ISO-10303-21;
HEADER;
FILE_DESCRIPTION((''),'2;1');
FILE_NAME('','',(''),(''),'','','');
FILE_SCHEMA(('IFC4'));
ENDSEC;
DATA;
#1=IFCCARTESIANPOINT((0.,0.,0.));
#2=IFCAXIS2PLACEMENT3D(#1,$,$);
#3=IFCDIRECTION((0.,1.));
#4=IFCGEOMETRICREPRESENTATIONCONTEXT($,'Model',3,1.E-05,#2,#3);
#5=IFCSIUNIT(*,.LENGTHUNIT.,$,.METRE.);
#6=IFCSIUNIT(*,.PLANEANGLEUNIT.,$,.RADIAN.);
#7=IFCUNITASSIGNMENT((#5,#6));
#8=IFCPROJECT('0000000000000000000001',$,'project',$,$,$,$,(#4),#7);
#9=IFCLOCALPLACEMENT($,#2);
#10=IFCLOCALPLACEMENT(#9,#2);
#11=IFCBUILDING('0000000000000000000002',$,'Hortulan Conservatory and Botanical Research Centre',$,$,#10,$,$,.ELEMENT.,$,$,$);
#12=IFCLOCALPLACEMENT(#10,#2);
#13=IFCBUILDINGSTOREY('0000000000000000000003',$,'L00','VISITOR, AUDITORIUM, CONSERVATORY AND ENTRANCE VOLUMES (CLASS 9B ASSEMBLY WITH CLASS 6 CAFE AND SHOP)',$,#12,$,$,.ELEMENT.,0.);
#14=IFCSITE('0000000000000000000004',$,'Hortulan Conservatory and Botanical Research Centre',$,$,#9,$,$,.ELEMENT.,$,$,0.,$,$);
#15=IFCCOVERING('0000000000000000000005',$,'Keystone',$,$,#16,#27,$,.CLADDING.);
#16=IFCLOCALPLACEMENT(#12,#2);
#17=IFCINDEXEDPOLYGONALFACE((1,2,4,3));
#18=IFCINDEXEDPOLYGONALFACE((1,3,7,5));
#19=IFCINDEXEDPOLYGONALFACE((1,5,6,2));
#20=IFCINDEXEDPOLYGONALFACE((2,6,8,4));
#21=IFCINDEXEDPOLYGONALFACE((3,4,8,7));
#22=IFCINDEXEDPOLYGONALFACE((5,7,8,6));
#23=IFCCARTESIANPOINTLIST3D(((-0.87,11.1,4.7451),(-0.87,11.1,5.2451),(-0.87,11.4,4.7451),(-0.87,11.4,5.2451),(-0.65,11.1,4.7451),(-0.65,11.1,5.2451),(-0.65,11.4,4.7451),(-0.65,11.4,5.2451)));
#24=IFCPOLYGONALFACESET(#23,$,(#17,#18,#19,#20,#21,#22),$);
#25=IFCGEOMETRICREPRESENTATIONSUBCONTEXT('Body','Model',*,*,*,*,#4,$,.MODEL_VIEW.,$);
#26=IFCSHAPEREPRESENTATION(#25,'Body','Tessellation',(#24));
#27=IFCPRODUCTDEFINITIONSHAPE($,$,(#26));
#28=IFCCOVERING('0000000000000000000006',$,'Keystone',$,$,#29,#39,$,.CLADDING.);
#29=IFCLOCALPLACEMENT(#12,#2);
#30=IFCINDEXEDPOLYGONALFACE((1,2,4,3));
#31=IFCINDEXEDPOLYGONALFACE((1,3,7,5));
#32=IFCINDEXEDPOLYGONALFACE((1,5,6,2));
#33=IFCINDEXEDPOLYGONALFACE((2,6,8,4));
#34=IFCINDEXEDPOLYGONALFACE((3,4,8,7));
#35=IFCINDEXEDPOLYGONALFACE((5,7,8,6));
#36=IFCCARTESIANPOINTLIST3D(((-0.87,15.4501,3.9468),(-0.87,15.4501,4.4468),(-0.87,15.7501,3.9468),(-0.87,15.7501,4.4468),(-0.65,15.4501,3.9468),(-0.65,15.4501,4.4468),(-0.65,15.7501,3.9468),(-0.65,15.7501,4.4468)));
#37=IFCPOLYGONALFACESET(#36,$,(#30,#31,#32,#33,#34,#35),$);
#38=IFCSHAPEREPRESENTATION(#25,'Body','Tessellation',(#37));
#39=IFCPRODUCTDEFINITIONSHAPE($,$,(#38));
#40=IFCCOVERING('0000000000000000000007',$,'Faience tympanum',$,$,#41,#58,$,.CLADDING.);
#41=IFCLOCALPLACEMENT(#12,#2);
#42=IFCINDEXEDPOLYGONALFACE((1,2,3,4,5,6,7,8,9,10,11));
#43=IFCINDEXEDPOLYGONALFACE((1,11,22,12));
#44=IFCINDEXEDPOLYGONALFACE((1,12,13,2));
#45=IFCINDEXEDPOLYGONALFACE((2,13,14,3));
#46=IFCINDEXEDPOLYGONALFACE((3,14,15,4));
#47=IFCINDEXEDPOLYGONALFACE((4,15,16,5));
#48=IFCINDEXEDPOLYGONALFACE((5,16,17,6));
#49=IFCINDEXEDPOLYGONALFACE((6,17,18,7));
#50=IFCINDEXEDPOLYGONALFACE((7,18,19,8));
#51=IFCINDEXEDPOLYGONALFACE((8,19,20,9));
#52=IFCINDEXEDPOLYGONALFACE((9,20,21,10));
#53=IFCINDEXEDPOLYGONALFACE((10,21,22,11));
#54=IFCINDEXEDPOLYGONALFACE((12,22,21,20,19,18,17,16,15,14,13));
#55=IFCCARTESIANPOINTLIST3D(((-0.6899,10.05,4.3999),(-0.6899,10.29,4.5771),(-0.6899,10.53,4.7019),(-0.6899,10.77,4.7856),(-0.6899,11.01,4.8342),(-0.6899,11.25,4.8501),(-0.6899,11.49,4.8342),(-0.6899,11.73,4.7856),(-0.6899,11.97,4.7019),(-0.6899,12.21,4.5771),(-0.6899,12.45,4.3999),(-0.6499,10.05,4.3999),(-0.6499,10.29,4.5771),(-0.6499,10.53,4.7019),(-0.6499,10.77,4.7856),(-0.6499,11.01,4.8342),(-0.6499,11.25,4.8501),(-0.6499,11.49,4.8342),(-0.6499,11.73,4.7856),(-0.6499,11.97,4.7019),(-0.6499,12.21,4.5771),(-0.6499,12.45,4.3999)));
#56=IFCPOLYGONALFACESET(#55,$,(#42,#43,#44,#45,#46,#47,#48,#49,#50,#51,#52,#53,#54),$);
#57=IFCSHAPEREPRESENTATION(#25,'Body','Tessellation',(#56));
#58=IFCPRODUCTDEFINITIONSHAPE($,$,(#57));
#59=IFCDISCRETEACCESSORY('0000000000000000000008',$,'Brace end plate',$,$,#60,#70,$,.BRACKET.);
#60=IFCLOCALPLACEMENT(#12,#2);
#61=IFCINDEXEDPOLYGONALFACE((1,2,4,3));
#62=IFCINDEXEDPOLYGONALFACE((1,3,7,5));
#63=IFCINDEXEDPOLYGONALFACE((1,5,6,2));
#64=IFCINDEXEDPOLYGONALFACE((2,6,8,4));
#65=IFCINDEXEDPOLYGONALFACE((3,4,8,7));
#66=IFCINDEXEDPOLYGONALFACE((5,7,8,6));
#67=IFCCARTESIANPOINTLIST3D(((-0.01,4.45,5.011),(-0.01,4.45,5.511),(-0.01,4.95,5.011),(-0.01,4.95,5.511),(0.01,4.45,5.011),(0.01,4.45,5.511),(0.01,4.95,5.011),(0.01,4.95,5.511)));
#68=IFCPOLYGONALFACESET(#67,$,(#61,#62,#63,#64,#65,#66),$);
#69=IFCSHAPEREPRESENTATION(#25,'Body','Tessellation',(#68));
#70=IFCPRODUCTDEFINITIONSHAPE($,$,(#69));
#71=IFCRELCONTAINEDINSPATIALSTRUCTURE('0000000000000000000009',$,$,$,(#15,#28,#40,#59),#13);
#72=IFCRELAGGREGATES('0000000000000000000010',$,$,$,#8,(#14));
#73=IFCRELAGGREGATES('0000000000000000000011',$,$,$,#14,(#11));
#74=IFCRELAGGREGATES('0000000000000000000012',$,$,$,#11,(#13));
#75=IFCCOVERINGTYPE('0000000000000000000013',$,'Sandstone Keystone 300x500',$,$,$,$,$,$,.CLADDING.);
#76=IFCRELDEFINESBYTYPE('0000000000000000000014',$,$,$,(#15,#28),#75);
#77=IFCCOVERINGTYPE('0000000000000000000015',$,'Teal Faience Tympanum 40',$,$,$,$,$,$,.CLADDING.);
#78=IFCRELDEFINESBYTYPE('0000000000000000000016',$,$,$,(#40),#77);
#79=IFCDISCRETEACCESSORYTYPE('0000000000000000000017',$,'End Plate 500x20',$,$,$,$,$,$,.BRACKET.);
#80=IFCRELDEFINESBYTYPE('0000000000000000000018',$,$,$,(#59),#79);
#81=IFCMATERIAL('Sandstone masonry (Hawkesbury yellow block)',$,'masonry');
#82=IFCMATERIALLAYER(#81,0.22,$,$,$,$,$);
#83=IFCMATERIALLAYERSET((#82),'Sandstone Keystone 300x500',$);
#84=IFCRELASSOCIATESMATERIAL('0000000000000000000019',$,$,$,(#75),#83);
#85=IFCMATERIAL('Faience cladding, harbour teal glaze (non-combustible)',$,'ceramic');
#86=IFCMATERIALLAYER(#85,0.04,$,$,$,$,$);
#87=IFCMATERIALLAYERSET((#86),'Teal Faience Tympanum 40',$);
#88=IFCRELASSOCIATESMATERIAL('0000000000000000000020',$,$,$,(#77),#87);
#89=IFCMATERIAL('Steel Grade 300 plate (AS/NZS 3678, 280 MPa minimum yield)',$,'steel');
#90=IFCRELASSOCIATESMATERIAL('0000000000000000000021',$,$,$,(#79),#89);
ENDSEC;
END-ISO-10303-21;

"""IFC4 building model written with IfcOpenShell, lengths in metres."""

from ifc_helpers import new_model, si_unit, direction, frame, origin, origin_2d, place, context, subcontext, project, spatial, polyline, rectangle, outline, extrude, material, layer, layer_set, type_object, element, save


model = new_model("IFC4")

# Units and contexts
model_context = context("Model", 3, precision=1e-05, world=origin(), true_north=direction((0.0, 1.0)))
body_context = subcontext(model_context, "Body", "Model", "MODEL_VIEW")
ifc_project = project(units=[si_unit("LENGTHUNIT", "METRE"), si_unit("PLANEANGLEUNIT", "RADIAN")], contexts=[model_context])

# Site, building, storey
site_placement = place(None, origin())
site = spatial("IfcSite", under=ifc_project, at=site_placement, Name="Hortulan Conservatory and Botanical Research Centre", CompositionType="ELEMENT", RefElevation=0.0)
building_placement = place(site_placement, origin())
building = spatial("IfcBuilding", under=site, at=building_placement, Name="Hortulan Conservatory and Botanical Research Centre", CompositionType="ELEMENT")
storey_placement = place(building_placement, origin())
storey = spatial("IfcBuildingStorey", under=building, at=storey_placement, Name="L00", Description="VISITOR, AUDITORIUM, CONSERVATORY AND ENTRANCE VOLUMES (CLASS 9B ASSEMBLY WITH CLASS 6 CAFE AND SHOP)", CompositionType="ELEMENT", Elevation=0.0)

# Coverings
ifc_material_1 = material(Name="Sandstone masonry (Hawkesbury yellow block)", Category="masonry")
ifc_layer_1 = layer(ifc_material_1, 0.22)
ifc_layer_set_1 = layer_set([ifc_layer_1], Name="Sandstone Keystone 300x500")
covering_type_1 = type_object("IfcCoveringType", Name="Sandstone Keystone 300x500", PredefinedType="CLADDING", material=ifc_layer_set_1)
for number, where, z_axis, x_axis, name in (
    (1, (-0.76, 11.25, 4.7451), (0.0, 0.0, 1.0), (0.0, 1.0, 0.0), "Keystone"),
    (2, (-0.76, 15.6001, 3.9468), (0.0, 0.0, 1.0), (0.0, 1.0, 0.0), "Keystone"),
):
    element("IfcCovering", number, at=place(storey_placement, frame(where, z_axis=z_axis, x_axis=x_axis)), inside=storey, type_object=covering_type_1, Name=name, PredefinedType="CLADDING", context=body_context, shape_type="SweptSolid", body=[
        extrude(rectangle(XDim=0.3, YDim=0.22, at=origin_2d()), origin(), (0.0, 0.0, 1.0), 0.5),
    ])
ifc_material_2 = material(Name="Faience cladding, harbour teal glaze (non-combustible)", Category="ceramic")
ifc_layer_2 = layer(ifc_material_2, 0.04)
ifc_layer_set_2 = layer_set([ifc_layer_2], Name="Teal Faience Tympanum 40")
covering_type_2 = type_object("IfcCoveringType", Name="Teal Faience Tympanum 40", PredefinedType="CLADDING", material=ifc_layer_set_2)
covering_1_placement = place(storey_placement, frame((-0.6699, 10.05, 4.3999), z_axis=(0.0, 0.0, 1.0), x_axis=(0.0, 1.0, 0.0)))
element("IfcCovering", 3, at=covering_1_placement, inside=storey, type_object=covering_type_2, Name="Faience tympanum", PredefinedType="CLADDING", context=body_context, shape_type="SweptSolid", body=[
    extrude(outline(polyline([(0.0, 0.0), (0.24, 0.1772), (0.48, 0.302), (0.72, 0.3857), (0.96, 0.4343), (1.2, 0.4502), (1.4399, 0.4343), (1.6799, 0.3857), (1.9199, 0.302), (2.1599, 0.1772), (2.3999, 0.0), (2.3999, 0.0), (0.0, 0.0), (0.0, 0.0)])), frame((0.0, 0.02, 0.0), z_axis=(0.0, -1.0, 0.0), x_axis=(1.0, 0.0, 0.0)), (0.0, 0.0, 1.0), 0.04),
])

# Discrete accessory
ifc_material_3 = material(Name="Steel Grade 300 plate (AS/NZS 3678, 280 MPa minimum yield)", Category="steel")
discrete_accessory_type = type_object("IfcDiscreteAccessoryType", Name="End Plate 500x20", PredefinedType="BRACKET", material=ifc_material_3)
discrete_accessory_placement = place(storey_placement, frame((0.0, 4.7, 5.011), z_axis=(0.0, 0.0, 1.0), x_axis=(0.0, -1.0, 0.0)))
element("IfcDiscreteAccessory", 4, at=discrete_accessory_placement, inside=storey, type_object=discrete_accessory_type, Name="Brace end plate", PredefinedType="BRACKET", context=body_context, shape_type="SweptSolid", body=[
    extrude(rectangle(XDim=0.5, YDim=0.02, at=origin_2d()), origin(), (0.0, 0.0, 1.0), 0.5),
])

save(model, "model.ifc")
